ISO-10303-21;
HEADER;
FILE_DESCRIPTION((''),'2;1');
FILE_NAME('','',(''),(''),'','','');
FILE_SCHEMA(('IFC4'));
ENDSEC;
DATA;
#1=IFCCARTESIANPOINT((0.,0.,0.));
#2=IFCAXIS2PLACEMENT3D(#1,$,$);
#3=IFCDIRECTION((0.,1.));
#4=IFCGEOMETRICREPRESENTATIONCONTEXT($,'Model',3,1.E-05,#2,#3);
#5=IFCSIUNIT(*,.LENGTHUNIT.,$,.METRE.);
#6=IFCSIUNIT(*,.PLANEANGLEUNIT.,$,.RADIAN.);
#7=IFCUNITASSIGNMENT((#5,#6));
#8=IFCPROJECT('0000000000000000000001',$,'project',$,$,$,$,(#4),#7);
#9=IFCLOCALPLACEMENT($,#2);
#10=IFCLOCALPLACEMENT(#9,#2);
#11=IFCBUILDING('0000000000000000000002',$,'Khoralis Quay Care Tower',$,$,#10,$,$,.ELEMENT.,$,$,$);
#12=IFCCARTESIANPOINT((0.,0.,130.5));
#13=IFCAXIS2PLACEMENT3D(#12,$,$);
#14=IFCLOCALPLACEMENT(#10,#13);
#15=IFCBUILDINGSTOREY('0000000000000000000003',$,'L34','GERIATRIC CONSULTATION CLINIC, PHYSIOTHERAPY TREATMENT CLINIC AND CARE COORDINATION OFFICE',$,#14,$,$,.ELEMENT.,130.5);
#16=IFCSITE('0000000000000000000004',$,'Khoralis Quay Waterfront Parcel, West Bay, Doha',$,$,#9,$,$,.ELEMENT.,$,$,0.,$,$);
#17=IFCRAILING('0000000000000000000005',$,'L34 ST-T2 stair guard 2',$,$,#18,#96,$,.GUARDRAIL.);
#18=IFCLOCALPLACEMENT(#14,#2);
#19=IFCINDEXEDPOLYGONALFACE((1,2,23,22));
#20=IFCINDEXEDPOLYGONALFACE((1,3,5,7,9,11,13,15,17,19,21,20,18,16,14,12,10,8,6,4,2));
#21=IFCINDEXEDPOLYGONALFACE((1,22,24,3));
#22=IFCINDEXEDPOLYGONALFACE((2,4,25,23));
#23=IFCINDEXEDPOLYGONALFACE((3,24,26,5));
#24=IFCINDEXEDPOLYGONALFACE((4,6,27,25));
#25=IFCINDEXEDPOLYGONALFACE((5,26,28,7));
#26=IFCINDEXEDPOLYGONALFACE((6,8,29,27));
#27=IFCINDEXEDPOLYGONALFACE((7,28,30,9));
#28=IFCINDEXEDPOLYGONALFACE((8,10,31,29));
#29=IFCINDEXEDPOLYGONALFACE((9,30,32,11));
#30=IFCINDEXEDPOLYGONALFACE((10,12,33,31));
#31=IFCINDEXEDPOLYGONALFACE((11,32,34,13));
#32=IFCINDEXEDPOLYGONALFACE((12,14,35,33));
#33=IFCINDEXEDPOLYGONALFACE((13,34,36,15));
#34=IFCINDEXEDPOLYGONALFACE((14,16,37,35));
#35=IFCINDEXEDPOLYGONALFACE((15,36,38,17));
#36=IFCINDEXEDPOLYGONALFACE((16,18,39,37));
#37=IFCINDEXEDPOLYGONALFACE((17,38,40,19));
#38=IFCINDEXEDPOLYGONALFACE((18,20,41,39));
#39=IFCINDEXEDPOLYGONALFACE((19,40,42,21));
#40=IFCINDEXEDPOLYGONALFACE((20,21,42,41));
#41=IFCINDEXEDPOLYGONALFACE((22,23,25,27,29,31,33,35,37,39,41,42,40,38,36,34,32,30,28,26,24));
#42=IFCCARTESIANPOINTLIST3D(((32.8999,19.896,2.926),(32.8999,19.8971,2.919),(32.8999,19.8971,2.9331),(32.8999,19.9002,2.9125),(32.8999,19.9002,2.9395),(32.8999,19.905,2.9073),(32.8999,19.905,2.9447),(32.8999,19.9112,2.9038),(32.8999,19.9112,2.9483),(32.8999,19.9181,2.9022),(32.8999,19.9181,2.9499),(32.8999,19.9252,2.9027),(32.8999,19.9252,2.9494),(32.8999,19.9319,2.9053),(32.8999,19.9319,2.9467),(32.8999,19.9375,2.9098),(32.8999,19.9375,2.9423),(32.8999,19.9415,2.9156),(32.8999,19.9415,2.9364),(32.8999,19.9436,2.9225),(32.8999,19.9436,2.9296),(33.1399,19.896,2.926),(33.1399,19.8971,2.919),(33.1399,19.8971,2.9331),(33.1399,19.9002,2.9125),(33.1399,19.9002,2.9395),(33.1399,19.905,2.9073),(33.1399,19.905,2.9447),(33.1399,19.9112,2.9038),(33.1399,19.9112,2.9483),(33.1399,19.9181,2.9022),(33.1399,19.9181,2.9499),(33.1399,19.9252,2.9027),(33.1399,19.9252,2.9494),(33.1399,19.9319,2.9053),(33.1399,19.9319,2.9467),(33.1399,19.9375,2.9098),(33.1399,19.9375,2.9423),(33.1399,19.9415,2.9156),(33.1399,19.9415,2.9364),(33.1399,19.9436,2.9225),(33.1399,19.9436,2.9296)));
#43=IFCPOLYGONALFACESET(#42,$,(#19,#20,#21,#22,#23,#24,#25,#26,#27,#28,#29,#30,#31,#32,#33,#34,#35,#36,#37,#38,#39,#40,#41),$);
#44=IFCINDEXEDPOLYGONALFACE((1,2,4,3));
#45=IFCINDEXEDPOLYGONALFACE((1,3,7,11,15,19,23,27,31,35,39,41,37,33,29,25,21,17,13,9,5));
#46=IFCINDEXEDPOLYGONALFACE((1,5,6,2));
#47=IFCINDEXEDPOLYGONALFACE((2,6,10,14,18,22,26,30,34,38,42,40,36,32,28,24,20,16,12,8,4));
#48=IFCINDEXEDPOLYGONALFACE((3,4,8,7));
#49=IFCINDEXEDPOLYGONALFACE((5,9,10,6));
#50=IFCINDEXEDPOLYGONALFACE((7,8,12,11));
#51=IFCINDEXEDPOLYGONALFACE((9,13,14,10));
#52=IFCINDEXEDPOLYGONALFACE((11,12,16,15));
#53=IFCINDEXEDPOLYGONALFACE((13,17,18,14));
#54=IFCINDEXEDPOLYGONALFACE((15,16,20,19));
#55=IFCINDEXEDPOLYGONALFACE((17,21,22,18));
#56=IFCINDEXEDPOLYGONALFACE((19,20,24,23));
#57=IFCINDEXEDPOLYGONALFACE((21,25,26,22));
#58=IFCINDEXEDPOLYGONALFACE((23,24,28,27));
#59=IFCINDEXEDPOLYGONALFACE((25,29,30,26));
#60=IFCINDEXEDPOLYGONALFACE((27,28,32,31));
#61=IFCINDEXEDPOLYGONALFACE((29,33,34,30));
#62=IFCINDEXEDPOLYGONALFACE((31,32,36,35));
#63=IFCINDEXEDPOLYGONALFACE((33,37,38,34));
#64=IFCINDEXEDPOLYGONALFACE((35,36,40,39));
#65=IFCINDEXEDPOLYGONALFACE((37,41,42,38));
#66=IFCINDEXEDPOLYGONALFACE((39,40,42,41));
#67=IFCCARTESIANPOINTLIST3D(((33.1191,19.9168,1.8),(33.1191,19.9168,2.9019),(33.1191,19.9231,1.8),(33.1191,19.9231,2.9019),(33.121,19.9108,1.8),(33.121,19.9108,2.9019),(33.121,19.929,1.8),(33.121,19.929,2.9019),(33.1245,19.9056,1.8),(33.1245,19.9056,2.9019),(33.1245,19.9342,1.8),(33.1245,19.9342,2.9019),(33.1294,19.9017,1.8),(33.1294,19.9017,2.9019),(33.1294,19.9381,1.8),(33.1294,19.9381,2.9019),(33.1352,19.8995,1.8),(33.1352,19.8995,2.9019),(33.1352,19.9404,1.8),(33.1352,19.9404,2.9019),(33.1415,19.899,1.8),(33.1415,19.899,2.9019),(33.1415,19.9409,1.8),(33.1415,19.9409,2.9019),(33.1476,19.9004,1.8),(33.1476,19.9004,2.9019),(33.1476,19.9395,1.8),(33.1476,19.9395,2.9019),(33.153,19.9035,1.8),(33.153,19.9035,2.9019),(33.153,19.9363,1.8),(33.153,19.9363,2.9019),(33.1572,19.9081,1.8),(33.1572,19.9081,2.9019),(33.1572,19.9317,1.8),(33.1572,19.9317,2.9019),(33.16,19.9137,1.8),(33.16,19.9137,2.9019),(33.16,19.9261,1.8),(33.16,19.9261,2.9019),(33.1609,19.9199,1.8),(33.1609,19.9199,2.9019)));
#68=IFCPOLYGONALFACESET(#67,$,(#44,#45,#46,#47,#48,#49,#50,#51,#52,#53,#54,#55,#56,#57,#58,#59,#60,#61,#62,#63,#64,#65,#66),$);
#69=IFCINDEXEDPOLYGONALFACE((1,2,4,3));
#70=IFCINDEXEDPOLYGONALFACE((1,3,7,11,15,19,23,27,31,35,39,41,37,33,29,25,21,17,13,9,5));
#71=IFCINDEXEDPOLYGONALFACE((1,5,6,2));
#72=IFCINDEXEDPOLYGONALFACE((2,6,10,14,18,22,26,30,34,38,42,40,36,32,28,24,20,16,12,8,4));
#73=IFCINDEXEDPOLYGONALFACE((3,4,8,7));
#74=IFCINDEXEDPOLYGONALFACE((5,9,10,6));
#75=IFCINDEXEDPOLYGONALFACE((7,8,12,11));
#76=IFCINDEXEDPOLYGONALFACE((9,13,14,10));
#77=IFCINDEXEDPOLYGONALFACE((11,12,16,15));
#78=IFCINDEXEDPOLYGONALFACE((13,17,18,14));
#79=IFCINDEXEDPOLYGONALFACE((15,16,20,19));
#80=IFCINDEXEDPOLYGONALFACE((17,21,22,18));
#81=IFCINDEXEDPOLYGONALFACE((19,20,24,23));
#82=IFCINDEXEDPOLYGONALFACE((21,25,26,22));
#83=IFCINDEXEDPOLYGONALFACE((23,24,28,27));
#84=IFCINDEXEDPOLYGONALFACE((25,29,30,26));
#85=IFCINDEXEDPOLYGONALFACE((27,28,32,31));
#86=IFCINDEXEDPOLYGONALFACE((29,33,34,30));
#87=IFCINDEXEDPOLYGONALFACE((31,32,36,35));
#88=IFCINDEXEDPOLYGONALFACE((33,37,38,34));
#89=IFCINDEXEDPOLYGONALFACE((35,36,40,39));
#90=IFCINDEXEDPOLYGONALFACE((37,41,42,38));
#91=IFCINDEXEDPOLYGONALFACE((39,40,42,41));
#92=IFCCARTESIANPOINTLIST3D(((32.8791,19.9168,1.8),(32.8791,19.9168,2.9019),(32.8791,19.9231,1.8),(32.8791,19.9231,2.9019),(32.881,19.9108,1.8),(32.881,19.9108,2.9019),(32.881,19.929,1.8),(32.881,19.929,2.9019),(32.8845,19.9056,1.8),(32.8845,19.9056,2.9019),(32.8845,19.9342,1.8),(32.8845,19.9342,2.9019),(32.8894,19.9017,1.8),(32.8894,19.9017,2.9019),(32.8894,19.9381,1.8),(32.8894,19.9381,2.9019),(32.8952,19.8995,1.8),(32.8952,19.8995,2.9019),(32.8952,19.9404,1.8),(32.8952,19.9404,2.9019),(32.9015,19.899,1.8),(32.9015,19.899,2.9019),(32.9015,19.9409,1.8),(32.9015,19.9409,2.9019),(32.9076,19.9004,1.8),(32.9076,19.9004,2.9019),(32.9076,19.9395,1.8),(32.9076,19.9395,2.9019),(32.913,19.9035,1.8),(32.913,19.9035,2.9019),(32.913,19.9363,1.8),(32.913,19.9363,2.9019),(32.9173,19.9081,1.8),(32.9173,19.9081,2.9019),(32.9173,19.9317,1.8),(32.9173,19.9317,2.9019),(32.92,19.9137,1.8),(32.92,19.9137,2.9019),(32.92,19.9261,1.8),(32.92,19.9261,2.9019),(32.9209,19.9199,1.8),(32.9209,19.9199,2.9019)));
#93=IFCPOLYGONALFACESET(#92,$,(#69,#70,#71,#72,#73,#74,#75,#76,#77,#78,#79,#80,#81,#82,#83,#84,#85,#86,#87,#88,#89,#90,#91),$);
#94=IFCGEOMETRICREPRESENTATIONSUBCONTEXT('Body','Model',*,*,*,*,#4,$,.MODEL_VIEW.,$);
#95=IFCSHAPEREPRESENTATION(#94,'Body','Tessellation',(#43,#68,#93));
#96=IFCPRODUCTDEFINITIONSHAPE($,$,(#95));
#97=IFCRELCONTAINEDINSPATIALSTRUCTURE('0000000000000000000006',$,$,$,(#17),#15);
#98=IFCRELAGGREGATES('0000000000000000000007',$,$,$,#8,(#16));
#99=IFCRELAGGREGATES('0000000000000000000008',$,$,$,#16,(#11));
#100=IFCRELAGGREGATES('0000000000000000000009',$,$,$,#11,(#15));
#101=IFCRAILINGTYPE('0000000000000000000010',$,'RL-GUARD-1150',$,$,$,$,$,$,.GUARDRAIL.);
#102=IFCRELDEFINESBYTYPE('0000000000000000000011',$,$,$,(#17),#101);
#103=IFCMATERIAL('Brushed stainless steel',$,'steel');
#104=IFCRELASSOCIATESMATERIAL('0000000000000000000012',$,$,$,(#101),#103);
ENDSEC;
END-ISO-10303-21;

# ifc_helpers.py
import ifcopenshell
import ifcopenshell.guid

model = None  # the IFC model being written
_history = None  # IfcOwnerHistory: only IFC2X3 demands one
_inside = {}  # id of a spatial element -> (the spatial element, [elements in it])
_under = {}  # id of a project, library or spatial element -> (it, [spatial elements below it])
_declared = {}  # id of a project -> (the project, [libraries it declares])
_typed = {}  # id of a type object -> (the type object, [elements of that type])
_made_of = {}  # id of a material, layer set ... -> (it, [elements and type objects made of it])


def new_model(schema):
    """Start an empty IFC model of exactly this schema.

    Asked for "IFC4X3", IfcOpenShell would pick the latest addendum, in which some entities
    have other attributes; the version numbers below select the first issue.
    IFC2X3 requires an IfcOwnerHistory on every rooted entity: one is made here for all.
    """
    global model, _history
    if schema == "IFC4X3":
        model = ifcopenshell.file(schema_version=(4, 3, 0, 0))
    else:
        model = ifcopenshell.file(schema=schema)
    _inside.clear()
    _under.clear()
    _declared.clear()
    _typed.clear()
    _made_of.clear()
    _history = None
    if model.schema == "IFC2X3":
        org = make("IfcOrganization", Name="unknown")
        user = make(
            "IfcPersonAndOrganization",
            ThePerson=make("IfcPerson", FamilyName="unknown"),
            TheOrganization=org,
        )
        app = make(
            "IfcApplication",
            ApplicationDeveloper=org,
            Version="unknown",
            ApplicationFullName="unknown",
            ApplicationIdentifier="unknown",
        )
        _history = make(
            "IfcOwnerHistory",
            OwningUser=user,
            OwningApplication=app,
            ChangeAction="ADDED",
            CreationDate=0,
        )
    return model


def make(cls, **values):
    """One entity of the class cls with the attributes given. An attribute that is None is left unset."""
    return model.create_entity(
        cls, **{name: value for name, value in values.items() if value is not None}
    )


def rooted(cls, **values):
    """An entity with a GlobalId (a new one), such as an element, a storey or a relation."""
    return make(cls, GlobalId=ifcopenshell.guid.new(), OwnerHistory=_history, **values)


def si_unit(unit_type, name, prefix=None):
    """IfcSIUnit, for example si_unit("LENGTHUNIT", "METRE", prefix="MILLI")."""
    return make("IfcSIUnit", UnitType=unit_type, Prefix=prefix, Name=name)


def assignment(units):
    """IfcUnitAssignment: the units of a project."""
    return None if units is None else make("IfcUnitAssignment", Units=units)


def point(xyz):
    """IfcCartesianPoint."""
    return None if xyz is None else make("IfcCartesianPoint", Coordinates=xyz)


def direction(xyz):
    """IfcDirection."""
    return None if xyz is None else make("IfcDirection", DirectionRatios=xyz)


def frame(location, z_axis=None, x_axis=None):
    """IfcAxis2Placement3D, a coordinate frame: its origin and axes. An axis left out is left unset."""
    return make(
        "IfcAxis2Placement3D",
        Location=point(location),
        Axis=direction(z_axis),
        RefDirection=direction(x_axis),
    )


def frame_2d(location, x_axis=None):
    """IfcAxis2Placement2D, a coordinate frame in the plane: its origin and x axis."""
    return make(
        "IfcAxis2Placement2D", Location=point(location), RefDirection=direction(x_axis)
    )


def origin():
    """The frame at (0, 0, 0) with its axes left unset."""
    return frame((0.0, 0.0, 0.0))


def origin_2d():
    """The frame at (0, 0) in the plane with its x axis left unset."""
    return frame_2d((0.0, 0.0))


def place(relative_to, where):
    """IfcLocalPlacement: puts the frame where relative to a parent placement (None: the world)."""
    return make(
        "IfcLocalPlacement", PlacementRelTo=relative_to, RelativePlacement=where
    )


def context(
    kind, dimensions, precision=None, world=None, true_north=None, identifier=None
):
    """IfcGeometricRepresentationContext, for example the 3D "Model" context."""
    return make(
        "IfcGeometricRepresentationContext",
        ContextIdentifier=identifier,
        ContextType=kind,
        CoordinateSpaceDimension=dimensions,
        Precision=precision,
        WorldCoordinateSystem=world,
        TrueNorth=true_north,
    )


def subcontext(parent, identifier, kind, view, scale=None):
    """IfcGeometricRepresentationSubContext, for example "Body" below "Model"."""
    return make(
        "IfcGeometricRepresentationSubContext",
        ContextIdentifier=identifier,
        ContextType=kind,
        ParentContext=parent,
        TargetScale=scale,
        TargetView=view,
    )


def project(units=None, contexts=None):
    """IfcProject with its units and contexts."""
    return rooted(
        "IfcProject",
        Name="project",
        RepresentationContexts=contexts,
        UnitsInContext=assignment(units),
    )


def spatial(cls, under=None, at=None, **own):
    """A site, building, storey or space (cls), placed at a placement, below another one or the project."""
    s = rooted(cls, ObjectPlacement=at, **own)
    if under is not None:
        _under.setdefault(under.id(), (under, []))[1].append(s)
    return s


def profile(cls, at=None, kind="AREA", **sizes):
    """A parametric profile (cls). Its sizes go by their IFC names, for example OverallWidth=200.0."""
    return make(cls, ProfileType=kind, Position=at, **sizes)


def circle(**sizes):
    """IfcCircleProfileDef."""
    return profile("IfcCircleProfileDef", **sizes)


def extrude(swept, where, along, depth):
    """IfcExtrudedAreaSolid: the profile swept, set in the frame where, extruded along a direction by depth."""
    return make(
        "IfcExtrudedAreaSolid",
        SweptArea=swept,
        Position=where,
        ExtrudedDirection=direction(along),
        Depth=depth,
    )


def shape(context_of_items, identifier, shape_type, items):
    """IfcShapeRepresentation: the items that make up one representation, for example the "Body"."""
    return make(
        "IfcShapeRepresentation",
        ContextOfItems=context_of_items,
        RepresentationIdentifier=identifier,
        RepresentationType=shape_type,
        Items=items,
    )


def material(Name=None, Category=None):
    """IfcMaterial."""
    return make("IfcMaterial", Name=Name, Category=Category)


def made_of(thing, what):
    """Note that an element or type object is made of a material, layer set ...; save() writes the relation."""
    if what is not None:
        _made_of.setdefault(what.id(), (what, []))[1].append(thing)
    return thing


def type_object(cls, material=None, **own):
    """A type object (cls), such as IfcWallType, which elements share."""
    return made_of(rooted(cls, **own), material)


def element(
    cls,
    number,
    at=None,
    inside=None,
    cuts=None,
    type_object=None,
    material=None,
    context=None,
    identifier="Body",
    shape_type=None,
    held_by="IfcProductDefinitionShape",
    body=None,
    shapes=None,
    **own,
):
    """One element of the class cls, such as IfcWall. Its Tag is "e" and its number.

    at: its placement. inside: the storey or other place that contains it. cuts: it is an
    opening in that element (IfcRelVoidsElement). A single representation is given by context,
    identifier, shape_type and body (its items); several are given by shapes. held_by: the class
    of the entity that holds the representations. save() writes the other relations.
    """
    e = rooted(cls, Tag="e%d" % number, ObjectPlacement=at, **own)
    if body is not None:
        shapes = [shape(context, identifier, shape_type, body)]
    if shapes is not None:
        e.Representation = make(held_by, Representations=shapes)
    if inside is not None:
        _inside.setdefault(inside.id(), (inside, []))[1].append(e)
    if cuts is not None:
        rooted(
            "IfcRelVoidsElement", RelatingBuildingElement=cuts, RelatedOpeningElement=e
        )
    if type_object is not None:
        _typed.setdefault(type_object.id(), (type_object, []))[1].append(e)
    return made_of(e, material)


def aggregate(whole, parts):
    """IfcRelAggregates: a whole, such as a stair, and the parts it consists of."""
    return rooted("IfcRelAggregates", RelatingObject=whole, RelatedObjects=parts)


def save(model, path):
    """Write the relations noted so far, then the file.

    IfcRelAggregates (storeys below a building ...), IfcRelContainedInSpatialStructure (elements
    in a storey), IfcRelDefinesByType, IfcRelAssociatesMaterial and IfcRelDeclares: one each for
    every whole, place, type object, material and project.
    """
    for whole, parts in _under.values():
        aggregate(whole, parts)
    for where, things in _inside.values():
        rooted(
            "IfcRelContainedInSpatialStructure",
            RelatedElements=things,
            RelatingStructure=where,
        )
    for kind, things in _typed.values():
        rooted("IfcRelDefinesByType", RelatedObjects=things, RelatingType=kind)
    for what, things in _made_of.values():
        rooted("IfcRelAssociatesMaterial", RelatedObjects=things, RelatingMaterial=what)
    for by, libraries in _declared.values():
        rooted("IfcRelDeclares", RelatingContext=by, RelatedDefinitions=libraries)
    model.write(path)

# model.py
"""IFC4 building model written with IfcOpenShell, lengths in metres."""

from ifc_helpers import new_model, si_unit, direction, frame, origin, origin_2d, place, context, subcontext, project, spatial, circle, extrude, material, type_object, element, save


model = new_model("IFC4")

# Units and contexts
model_context = context("Model", 3, precision=1e-05, world=origin(), true_north=direction((0.0, 1.0)))
body_context = subcontext(model_context, "Body", "Model", "MODEL_VIEW")
ifc_project = project(units=[si_unit("LENGTHUNIT", "METRE"), si_unit("PLANEANGLEUNIT", "RADIAN")], contexts=[model_context])

# Site, building, storey
site_placement = place(None, origin())
site = spatial("IfcSite", under=ifc_project, at=site_placement, Name="Khoralis Quay Waterfront Parcel, West Bay, Doha", CompositionType="ELEMENT", RefElevation=0.0)
building_placement = place(site_placement, origin())
building = spatial("IfcBuilding", under=site, at=building_placement, Name="Khoralis Quay Care Tower", CompositionType="ELEMENT")
storey_placement = place(building_placement, frame((0.0, 0.0, 130.5)))
storey = spatial("IfcBuildingStorey", under=building, at=storey_placement, Name="L34", Description="GERIATRIC CONSULTATION CLINIC, PHYSIOTHERAPY TREATMENT CLINIC AND CARE COORDINATION OFFICE", CompositionType="ELEMENT", Elevation=130.5)

# Shared definitions
ifc_material_1 = material(Name="Brushed stainless steel", Category="steel")

# Railing
railing_type = type_object("IfcRailingType", Name="RL-GUARD-1150", PredefinedType="GUARDRAIL", material=ifc_material_1)
railing_1_placement = place(storey_placement, frame((33.1399, 19.9199, 1.8)))
element("IfcRailing", 1, at=railing_1_placement, inside=storey, type_object=railing_type, Name="L34 ST-T2 stair guard 2", PredefinedType="GUARDRAIL", context=body_context, shape_type="SweptSolid", body=[
    extrude(circle(Radius=0.0239, at=origin_2d()), frame((0.0, 0.0, 1.126), z_axis=(-1.0, 0.0, 0.0), x_axis=(0.0, -1.0, 0.0)), (0.0, 0.0, 1.0), 0.24),
    extrude(circle(Radius=0.021, at=origin_2d()), origin(), (0.0, 0.0, 1.0), 1.1018),
    extrude(circle(Radius=0.021, at=origin_2d()), frame((-0.24, 0.0, 0.0)), (0.0, 0.0, 1.0), 1.1018),
])

save(model, "model.ifc")
